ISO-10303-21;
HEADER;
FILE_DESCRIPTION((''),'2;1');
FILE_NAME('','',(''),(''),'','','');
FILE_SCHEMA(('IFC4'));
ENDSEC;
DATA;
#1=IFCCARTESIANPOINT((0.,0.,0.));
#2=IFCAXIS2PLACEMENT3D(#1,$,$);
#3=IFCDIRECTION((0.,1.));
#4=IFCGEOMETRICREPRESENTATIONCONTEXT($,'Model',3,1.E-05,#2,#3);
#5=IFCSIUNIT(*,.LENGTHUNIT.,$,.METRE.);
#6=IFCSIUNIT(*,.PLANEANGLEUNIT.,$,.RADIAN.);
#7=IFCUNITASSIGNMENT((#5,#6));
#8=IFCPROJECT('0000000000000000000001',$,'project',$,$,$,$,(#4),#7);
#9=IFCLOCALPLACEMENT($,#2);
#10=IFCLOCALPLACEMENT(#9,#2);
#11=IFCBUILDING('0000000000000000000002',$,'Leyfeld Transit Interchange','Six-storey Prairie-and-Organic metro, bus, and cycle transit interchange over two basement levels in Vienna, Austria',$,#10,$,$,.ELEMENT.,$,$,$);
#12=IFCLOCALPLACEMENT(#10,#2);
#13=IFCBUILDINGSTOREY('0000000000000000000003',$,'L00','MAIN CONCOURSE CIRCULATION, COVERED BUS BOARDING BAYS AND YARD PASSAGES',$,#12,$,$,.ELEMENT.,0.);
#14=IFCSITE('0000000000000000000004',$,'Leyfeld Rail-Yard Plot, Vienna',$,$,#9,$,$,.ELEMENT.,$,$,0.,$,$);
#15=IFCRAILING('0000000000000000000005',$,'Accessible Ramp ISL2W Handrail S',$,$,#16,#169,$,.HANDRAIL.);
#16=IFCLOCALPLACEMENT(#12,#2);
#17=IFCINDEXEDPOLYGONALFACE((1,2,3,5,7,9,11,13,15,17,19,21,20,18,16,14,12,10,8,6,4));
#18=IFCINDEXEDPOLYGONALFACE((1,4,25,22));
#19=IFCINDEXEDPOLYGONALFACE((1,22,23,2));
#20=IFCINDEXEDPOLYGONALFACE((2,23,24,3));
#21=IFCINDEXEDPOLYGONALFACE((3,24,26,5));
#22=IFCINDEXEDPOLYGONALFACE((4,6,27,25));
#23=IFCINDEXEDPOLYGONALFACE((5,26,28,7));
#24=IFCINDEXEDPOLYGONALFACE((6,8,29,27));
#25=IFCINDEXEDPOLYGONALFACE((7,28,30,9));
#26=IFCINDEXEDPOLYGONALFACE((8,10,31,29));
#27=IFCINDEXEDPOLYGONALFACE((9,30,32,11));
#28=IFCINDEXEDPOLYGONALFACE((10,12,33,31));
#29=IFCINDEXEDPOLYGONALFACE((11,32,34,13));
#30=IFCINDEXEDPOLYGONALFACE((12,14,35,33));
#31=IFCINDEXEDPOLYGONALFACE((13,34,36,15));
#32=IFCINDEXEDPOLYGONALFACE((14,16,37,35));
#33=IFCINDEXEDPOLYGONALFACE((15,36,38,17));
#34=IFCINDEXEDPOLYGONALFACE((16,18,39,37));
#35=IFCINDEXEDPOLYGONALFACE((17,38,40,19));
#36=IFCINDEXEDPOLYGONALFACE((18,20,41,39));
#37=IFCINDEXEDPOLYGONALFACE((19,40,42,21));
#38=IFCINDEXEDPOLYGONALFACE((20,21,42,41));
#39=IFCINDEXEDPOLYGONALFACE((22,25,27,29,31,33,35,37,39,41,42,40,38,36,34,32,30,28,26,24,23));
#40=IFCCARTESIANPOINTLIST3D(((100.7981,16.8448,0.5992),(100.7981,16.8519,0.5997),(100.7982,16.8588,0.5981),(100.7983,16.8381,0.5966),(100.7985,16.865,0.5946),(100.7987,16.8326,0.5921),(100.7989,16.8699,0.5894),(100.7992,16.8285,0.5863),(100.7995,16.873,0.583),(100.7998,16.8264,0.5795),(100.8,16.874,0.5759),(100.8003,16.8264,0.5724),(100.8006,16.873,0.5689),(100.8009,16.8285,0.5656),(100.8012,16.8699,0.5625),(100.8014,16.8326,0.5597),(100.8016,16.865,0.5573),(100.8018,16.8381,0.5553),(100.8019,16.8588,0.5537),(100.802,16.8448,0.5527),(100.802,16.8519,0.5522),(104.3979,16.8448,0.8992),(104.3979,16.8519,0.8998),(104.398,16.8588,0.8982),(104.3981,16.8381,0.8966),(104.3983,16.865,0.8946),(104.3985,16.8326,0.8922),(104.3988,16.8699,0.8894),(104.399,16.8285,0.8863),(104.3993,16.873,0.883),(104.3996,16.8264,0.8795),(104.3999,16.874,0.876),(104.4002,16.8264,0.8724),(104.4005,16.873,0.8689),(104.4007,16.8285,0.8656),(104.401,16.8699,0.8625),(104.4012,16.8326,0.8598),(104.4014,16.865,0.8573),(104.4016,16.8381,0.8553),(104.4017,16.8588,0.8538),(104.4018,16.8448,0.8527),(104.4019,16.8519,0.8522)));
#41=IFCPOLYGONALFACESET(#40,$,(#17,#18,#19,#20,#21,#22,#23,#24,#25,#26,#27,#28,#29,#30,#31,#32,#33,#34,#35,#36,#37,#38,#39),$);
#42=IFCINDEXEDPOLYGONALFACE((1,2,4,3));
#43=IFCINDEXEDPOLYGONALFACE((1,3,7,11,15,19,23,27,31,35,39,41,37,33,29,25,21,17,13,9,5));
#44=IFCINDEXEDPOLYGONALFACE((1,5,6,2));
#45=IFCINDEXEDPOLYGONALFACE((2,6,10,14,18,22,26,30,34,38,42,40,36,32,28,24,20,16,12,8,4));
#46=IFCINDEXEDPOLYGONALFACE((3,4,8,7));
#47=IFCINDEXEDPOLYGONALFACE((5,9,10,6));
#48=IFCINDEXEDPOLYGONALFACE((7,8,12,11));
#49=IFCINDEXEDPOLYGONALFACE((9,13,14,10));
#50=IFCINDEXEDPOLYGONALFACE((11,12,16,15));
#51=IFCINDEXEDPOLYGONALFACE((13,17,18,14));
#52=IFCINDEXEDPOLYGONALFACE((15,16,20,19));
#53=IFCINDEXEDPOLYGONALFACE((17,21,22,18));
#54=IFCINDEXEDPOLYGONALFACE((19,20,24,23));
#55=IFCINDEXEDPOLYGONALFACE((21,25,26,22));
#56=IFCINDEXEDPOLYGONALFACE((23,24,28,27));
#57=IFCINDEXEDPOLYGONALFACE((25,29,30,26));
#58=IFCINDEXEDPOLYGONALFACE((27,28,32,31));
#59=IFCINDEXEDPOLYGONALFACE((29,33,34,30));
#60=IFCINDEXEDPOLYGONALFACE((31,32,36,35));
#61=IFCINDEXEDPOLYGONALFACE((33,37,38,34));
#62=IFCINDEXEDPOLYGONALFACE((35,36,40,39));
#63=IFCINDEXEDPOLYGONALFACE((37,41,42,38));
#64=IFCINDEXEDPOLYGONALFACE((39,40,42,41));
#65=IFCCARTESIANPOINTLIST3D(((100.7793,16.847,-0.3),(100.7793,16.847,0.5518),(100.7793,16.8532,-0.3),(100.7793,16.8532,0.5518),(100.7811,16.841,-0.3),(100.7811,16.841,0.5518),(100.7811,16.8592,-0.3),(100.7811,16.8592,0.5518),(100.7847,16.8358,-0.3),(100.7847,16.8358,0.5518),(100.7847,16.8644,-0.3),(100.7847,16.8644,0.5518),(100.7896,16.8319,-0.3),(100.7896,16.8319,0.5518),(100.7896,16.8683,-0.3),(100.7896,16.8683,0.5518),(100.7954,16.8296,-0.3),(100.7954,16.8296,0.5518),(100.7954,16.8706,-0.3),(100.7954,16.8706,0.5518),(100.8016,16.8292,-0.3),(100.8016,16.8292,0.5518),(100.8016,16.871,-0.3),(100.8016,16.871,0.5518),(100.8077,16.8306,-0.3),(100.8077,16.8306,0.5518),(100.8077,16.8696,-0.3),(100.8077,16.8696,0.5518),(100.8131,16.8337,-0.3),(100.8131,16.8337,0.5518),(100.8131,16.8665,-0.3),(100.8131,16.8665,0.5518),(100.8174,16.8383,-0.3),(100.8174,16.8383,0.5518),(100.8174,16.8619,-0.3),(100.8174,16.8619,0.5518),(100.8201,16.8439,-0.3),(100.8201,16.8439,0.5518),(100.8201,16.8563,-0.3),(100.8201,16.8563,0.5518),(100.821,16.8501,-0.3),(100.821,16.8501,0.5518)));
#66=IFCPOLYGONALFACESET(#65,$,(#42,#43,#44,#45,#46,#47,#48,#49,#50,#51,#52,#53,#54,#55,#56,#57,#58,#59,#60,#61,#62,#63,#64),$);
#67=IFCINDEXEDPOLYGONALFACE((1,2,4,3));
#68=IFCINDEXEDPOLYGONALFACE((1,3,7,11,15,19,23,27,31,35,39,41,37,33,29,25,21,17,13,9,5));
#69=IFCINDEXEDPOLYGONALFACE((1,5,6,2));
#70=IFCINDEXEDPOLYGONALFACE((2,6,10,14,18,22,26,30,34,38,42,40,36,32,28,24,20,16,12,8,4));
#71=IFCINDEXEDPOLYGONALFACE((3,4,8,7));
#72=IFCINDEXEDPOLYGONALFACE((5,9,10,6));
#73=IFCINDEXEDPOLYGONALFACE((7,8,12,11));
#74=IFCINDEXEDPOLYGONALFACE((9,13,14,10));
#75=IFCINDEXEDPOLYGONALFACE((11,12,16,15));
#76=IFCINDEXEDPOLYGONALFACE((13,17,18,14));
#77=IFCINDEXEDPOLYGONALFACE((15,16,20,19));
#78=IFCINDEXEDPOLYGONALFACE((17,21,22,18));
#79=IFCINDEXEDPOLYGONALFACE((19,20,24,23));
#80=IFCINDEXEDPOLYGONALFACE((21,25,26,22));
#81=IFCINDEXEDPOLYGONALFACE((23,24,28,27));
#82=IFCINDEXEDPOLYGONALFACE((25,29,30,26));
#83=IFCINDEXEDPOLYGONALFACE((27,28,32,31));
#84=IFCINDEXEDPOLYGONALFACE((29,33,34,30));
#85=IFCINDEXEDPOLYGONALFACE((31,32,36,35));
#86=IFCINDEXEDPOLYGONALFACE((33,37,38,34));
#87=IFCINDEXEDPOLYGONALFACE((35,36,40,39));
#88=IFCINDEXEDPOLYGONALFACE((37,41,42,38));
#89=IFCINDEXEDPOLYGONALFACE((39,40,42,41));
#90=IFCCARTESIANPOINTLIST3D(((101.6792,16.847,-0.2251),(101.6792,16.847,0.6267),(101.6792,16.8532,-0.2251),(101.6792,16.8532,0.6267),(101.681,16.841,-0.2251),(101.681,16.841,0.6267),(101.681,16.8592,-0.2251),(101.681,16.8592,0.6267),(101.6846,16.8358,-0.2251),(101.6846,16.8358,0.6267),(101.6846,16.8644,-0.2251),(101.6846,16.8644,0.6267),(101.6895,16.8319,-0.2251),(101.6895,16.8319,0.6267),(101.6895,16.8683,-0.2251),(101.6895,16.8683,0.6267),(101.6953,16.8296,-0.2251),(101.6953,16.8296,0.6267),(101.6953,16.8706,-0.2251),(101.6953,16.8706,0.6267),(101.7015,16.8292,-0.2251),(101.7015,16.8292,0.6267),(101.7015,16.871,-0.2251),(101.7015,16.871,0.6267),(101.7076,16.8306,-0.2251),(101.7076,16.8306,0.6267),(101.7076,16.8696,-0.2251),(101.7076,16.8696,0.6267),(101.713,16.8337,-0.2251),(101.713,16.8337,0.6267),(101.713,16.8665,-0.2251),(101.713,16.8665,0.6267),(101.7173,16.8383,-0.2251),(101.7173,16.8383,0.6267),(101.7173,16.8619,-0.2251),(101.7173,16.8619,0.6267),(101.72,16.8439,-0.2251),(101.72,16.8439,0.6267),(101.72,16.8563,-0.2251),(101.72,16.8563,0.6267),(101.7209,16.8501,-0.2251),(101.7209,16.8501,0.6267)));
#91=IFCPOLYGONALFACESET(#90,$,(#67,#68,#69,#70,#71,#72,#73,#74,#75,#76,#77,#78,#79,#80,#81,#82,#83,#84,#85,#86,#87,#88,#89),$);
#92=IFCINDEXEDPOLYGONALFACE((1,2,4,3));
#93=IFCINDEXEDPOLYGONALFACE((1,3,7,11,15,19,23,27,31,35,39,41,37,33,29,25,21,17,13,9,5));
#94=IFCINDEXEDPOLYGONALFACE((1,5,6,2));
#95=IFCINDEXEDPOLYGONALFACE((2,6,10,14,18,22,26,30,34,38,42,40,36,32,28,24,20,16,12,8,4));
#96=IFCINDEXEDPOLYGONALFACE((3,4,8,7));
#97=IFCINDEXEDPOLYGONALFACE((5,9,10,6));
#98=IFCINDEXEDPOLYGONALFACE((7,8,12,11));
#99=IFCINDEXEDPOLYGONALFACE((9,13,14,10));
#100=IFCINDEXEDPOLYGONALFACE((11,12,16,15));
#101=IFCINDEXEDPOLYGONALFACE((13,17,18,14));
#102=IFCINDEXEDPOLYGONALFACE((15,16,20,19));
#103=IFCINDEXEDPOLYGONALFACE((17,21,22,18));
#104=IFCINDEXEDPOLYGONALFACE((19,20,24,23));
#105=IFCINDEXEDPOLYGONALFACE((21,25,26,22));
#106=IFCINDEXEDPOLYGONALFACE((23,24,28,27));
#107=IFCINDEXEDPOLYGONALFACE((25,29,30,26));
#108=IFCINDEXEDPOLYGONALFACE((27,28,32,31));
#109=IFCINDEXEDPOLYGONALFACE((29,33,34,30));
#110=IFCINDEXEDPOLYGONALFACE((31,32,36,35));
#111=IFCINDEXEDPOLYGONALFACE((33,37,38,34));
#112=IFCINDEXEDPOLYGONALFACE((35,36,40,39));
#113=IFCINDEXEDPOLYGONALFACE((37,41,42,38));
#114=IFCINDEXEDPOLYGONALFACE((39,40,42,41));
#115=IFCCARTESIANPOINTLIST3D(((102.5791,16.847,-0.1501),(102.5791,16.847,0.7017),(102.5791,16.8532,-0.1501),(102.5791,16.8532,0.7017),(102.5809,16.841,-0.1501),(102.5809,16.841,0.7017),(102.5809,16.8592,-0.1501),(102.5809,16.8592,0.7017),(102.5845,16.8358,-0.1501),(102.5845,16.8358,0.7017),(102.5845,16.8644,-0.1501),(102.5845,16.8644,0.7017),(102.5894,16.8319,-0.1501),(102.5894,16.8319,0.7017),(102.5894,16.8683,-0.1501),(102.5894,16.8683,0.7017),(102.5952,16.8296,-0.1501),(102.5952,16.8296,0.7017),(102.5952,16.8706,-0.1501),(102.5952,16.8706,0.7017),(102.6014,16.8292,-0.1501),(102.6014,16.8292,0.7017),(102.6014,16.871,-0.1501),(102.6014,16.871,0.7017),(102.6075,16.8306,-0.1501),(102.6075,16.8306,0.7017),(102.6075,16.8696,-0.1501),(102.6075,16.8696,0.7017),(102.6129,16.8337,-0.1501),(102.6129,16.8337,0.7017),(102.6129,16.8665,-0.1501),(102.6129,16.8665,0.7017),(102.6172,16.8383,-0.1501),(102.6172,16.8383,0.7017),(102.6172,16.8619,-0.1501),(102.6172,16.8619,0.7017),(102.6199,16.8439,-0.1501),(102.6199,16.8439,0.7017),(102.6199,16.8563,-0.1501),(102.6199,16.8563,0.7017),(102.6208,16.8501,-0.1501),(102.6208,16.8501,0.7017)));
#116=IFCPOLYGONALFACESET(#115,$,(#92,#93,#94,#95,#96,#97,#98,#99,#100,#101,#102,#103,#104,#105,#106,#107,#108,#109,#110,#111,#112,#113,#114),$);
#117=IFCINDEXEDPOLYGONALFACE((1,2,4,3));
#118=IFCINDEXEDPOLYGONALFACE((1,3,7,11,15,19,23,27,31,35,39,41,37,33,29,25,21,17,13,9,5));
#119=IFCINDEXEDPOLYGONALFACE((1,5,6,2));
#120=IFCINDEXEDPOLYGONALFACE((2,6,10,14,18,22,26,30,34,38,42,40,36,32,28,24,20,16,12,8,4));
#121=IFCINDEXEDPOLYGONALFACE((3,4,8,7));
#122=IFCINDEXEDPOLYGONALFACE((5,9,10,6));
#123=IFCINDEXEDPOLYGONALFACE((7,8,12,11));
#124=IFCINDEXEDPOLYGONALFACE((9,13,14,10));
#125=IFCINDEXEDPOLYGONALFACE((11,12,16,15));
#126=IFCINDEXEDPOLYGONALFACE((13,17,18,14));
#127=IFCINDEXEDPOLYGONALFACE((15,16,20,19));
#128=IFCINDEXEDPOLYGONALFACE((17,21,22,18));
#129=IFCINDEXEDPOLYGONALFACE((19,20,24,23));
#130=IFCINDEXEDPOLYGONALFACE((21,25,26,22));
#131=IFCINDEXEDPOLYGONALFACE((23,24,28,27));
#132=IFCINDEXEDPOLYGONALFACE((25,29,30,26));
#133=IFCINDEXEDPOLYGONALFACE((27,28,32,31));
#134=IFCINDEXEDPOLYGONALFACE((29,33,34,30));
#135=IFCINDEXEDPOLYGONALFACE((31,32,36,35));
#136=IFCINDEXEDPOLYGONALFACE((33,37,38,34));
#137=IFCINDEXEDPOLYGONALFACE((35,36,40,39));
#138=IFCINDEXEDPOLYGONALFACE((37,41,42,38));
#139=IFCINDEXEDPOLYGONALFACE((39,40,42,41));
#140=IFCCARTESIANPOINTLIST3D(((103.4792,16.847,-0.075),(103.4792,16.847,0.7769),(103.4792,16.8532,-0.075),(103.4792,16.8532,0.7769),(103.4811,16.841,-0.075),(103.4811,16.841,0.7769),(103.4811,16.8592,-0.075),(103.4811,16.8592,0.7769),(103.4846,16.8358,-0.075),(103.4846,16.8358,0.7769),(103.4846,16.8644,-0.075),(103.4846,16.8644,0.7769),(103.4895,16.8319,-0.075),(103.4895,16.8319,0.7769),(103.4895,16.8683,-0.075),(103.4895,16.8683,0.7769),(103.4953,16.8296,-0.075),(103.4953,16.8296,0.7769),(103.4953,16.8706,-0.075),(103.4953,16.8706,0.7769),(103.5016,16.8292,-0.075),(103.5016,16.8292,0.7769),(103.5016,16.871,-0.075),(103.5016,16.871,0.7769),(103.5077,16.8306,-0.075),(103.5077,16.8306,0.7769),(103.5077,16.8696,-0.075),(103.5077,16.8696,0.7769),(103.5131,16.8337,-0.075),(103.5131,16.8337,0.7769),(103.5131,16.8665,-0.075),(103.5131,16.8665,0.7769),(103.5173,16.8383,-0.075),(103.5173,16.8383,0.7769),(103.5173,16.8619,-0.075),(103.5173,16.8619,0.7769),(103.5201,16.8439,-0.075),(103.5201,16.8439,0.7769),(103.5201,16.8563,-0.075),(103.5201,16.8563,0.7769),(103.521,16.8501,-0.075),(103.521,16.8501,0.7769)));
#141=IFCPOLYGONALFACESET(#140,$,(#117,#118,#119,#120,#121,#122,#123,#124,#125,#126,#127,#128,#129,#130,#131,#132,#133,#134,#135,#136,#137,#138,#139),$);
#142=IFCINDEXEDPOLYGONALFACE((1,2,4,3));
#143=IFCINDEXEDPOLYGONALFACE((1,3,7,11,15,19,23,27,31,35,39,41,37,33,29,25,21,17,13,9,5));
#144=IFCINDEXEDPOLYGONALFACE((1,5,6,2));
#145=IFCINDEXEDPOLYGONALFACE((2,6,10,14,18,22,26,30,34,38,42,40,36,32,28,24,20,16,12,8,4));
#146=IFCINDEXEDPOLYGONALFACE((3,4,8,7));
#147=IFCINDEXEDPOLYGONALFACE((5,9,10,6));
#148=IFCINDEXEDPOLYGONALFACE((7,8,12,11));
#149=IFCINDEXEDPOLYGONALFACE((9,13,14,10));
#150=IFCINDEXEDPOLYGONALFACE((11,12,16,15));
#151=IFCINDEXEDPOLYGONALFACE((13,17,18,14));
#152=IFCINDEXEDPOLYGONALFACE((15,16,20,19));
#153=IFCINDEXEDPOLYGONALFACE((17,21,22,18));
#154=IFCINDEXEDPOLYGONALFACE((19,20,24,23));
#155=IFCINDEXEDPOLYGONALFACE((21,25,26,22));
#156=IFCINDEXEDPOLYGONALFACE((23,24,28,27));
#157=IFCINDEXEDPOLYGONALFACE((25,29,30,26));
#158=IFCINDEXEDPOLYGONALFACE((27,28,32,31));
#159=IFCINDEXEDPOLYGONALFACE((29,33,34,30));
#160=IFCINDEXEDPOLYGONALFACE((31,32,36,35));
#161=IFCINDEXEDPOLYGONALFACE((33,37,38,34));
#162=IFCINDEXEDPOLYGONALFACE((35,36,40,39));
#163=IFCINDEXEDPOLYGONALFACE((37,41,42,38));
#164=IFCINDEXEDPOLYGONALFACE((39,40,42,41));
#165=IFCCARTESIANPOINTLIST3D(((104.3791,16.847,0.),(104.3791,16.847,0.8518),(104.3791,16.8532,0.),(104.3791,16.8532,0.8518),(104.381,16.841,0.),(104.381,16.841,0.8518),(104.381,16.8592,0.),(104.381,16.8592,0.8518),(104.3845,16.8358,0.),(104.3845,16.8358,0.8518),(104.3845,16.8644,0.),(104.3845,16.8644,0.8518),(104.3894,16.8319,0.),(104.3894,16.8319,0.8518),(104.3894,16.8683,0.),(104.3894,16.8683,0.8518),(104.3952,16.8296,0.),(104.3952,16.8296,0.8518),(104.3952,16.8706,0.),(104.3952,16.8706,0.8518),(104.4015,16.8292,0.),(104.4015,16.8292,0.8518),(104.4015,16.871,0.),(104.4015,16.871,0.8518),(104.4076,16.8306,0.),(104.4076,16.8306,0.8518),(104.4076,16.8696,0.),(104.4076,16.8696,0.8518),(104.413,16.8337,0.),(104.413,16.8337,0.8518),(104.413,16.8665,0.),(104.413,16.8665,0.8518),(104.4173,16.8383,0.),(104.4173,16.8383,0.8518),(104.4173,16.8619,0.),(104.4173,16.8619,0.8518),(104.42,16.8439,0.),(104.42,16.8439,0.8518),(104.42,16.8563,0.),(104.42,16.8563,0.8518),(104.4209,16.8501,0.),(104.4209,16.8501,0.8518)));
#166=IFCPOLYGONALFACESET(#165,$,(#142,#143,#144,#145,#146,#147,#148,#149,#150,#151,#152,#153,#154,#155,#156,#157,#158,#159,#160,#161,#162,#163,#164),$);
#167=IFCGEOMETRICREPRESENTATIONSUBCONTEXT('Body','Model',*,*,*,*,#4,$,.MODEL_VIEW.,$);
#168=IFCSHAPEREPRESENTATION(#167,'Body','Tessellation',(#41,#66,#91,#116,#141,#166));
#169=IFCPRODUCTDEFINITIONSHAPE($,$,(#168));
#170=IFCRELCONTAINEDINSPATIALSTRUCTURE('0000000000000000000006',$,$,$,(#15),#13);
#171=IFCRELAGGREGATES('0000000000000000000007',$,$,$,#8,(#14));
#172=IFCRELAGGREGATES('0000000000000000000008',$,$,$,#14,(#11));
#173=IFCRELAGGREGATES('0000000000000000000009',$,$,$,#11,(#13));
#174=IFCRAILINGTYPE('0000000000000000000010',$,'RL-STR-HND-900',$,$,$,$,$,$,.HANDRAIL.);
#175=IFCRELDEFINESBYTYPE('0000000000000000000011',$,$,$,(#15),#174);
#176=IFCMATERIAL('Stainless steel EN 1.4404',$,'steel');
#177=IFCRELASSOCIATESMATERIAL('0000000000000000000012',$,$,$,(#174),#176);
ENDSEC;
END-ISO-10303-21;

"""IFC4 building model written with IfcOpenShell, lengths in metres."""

from ifc_helpers import new_model, si_unit, direction, frame, origin, origin_2d, place, context, subcontext, project, spatial, circle, extrude, material, type_object, element, save


model = new_model("IFC4")

# Units and contexts
model_context = context("Model", 3, precision=1e-05, world=origin(), true_north=direction((0.0, 1.0)))
body_context = subcontext(model_context, "Body", "Model", "MODEL_VIEW")
ifc_project = project(units=[si_unit("LENGTHUNIT", "METRE"), si_unit("PLANEANGLEUNIT", "RADIAN")], contexts=[model_context])

# Site, building, storey
site_placement = place(None, origin())
site = spatial("IfcSite", under=ifc_project, at=site_placement, Name="Leyfeld Rail-Yard Plot, Vienna", CompositionType="ELEMENT", RefElevation=0.0)
building_placement = place(site_placement, origin())
building = spatial("IfcBuilding", under=site, at=building_placement, Name="Leyfeld Transit Interchange", Description="Six-storey Prairie-and-Organic metro, bus, and cycle transit interchange over two basement levels in Vienna, Austria", CompositionType="ELEMENT")
storey_placement = place(building_placement, origin())
storey = spatial("IfcBuildingStorey", under=building, at=storey_placement, Name="L00", Description="MAIN CONCOURSE CIRCULATION, COVERED BUS BOARDING BAYS AND YARD PASSAGES", CompositionType="ELEMENT", Elevation=0.0)

# Railing
ifc_material_1 = material(Name="Stainless steel EN 1.4404", Category="steel")
railing_type = type_object("IfcRailingType", Name="RL-STR-HND-900", PredefinedType="HANDRAIL", material=ifc_material_1)
for number, where, name in (
    (1, (100.8, 16.8501, -0.3), "Accessible Ramp ISL2W Handrail S"),
):
    element("IfcRailing", number, at=place(storey_placement, frame(where)), inside=storey, type_object=railing_type, Name=name, PredefinedType="HANDRAIL", context=body_context, shape_type="SweptSolid", body=[
        extrude(circle(Radius=0.0239, at=origin_2d()), frame((0.0, 0.0, 0.876), z_axis=(0.996544, 0.0, 0.083062), x_axis=(0.0, 1.0, 0.0)), (0.0, 0.0, 1.0), 3.6123),
        extrude(circle(Radius=0.021, at=origin_2d()), origin(), (0.0, 0.0, 1.0), 0.8518),
        extrude(circle(Radius=0.021, at=origin_2d()), frame((0.8999, 0.0, 0.075)), (0.0, 0.0, 1.0), 0.8518),
        extrude(circle(Radius=0.021, at=origin_2d()), frame((1.7998, 0.0, 0.1499)), (0.0, 0.0, 1.0), 0.8518),
        extrude(circle(Radius=0.021, at=origin_2d()), frame((2.7, 0.0, 0.2251)), (0.0, 0.0, 1.0), 0.8518),
        extrude(circle(Radius=0.021, at=origin_2d()), frame((3.5999, 0.0, 0.3)), (0.0, 0.0, 1.0), 0.8518),
    ])

save(model, "model.ifc")
